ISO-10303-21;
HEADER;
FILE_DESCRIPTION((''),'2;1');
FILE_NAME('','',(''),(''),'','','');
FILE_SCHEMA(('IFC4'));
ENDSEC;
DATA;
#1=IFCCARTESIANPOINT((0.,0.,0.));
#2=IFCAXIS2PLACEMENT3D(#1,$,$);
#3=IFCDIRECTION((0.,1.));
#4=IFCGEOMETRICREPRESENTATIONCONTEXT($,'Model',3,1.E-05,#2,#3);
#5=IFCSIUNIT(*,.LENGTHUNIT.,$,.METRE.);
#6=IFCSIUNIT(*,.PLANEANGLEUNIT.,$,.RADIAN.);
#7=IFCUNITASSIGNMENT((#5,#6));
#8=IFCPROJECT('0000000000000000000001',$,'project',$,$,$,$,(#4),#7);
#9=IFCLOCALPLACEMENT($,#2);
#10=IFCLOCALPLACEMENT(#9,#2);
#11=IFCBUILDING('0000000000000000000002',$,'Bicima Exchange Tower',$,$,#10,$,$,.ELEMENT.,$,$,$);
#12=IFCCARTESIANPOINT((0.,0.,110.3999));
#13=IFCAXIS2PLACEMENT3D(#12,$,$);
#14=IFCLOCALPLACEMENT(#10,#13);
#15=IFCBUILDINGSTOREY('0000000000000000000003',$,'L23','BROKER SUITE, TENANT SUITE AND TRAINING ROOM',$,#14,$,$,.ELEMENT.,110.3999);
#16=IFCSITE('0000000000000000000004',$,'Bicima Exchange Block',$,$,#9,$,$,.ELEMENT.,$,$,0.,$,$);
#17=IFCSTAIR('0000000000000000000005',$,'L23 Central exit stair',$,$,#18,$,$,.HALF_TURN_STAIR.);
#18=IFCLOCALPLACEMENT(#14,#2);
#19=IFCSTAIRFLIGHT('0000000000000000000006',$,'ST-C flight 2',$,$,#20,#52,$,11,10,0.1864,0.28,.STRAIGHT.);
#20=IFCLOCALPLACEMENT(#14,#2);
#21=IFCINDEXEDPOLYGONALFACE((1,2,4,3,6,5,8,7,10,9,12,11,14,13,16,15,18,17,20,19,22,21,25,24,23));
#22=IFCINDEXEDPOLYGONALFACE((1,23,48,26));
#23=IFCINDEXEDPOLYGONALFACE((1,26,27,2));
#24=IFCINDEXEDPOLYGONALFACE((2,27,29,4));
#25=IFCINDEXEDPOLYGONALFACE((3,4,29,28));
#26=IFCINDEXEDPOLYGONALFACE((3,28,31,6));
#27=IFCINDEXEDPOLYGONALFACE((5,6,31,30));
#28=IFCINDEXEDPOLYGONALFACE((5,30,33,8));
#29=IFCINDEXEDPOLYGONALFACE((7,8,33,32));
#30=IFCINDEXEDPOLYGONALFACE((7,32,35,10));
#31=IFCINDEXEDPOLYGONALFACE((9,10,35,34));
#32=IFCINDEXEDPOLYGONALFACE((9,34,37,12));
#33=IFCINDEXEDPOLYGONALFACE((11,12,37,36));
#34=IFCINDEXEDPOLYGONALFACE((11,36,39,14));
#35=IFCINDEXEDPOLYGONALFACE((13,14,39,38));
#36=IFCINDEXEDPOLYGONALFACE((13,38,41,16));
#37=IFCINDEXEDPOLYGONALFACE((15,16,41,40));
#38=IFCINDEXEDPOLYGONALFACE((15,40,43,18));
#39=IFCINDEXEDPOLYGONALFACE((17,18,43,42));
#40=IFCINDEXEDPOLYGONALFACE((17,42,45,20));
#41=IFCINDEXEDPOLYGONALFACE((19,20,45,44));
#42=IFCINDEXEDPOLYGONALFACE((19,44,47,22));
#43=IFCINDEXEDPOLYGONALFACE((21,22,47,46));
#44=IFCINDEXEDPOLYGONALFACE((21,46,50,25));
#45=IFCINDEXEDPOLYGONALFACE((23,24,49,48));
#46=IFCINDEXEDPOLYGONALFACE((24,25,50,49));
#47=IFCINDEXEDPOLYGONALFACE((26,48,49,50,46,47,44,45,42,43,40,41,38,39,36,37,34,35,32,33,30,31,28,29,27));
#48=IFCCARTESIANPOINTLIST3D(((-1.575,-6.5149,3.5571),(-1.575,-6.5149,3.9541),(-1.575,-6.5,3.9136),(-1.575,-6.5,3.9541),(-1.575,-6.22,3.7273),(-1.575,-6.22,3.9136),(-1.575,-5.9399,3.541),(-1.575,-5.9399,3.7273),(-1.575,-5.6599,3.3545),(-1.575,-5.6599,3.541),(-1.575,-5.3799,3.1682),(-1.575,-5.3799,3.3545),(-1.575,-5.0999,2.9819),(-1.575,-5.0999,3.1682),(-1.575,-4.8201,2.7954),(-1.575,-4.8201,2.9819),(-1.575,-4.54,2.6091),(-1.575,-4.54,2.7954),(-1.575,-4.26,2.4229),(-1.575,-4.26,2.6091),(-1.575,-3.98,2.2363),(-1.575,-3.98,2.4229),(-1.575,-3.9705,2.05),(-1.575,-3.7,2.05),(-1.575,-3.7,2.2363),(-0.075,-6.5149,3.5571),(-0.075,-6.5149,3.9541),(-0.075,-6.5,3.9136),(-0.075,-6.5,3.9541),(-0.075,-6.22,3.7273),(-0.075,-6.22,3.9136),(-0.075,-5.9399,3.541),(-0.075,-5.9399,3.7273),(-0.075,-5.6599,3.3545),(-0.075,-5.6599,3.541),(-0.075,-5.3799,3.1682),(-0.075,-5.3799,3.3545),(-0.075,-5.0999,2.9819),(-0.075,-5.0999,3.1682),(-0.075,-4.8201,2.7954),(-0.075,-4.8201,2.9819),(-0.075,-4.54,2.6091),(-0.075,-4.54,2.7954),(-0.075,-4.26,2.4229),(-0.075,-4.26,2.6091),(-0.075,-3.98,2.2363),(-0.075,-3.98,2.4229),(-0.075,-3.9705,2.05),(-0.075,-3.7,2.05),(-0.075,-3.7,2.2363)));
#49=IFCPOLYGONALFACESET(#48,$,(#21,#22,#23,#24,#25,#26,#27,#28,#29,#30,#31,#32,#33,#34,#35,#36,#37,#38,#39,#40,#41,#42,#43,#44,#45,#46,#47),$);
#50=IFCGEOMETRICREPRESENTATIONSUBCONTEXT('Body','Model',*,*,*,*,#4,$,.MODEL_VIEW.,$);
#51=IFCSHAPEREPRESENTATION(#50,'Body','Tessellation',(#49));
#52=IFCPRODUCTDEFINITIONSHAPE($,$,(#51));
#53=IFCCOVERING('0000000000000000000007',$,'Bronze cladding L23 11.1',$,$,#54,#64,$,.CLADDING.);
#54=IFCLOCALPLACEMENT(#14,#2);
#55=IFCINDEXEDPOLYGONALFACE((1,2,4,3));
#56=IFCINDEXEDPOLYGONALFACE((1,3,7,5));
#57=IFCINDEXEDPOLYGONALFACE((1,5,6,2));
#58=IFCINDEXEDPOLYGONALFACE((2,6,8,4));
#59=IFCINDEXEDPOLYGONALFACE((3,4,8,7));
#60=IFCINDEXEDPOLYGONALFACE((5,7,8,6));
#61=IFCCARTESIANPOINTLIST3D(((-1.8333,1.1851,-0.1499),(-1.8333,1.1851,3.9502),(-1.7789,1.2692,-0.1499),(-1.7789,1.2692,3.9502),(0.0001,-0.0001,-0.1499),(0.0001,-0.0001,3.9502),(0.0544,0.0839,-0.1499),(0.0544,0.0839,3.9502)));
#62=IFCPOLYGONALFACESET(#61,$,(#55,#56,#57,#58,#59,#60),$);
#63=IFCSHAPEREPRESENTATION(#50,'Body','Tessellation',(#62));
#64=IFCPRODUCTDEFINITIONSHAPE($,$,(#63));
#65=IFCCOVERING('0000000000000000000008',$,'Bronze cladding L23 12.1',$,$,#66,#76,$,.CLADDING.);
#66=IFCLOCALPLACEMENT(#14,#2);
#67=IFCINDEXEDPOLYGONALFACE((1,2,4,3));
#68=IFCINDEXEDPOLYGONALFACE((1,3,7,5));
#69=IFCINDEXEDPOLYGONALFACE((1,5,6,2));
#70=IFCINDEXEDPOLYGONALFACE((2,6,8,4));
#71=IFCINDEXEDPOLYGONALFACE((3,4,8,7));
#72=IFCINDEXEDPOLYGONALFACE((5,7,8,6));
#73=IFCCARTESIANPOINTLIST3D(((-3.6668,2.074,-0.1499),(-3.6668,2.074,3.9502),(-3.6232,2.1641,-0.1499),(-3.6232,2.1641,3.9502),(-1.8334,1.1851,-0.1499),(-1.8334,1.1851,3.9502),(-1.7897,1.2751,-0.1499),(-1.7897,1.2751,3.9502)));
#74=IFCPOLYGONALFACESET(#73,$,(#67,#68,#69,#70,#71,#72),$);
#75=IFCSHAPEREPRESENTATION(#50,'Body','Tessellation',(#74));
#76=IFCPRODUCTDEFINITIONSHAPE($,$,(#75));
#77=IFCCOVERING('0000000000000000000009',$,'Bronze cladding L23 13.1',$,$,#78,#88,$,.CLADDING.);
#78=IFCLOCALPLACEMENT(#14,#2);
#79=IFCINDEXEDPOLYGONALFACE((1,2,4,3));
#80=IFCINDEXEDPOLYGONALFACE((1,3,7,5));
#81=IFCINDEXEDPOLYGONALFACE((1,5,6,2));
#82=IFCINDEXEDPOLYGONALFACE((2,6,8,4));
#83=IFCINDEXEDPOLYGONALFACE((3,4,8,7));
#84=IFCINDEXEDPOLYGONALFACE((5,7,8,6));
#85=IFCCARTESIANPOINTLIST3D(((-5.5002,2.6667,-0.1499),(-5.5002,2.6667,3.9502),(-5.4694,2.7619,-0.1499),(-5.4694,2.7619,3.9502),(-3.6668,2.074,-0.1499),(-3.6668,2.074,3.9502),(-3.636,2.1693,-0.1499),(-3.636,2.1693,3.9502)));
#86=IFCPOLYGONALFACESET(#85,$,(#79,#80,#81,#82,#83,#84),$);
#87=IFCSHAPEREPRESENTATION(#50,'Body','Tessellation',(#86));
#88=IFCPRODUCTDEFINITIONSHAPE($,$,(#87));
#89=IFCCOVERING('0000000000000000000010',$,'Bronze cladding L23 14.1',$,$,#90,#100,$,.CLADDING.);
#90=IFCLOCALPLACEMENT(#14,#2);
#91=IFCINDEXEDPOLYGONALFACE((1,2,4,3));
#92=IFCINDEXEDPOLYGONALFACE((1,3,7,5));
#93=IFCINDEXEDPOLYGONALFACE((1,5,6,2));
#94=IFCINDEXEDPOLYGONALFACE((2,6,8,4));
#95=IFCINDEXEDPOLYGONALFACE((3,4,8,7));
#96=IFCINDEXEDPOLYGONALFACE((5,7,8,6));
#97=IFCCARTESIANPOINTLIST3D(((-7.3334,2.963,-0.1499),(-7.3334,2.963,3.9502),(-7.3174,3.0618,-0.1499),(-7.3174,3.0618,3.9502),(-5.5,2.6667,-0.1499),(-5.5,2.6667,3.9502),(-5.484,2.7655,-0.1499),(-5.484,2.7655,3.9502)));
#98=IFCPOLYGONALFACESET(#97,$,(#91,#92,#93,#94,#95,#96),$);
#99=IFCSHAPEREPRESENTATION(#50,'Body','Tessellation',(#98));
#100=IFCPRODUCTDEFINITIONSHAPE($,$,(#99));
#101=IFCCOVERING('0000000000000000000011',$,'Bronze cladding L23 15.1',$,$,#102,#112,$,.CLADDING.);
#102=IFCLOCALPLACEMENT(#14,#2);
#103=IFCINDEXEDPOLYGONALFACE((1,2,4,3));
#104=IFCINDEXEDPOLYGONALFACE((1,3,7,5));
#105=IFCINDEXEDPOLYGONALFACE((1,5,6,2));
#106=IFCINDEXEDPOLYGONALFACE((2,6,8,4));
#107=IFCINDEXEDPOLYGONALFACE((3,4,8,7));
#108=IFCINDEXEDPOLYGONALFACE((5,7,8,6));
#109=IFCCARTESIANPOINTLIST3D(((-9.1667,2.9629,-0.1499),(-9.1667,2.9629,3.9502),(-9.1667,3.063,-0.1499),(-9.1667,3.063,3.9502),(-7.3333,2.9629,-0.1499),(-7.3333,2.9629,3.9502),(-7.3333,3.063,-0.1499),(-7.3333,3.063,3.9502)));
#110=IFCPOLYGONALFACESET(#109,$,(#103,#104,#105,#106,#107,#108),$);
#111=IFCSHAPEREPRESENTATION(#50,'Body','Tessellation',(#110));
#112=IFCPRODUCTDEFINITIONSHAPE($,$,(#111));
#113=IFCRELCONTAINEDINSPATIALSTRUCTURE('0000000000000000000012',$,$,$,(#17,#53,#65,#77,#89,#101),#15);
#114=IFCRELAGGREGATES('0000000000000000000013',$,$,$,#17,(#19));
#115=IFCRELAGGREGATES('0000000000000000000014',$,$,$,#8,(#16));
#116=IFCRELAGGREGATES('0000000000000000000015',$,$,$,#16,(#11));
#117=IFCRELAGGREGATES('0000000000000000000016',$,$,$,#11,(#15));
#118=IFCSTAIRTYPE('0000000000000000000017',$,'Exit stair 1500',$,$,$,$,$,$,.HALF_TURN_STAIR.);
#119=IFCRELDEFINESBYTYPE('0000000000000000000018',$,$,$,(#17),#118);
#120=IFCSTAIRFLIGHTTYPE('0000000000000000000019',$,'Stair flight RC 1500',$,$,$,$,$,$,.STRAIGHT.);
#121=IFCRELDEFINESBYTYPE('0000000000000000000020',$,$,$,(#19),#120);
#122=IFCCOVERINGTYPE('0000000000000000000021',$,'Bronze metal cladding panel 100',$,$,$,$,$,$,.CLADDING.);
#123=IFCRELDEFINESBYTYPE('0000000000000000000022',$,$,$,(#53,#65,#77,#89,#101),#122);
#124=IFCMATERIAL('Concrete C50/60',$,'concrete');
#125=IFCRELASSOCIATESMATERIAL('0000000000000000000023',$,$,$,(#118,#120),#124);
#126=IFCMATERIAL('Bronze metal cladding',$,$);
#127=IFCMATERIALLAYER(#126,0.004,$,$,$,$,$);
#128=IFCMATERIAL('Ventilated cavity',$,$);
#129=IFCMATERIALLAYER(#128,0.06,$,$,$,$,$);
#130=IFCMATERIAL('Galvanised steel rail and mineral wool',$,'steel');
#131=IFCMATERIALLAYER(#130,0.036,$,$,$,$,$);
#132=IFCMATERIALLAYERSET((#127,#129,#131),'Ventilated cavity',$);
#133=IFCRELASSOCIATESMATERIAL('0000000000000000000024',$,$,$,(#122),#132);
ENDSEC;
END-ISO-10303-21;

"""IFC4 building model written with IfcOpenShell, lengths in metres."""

from ifc_helpers import new_model, si_unit, direction, frame, origin, origin_2d, place, context, subcontext, project, spatial, polyline, rectangle, outline, extrude, material, layer, layer_set, type_object, element, aggregate, save


model = new_model("IFC4")

# Units and contexts
model_context = context("Model", 3, precision=1e-05, world=origin(), true_north=direction((0.0, 1.0)))
body_context = subcontext(model_context, "Body", "Model", "MODEL_VIEW")
ifc_project = project(units=[si_unit("LENGTHUNIT", "METRE"), si_unit("PLANEANGLEUNIT", "RADIAN")], contexts=[model_context])

# Site, building, storey
site_placement = place(None, origin())
site = spatial("IfcSite", under=ifc_project, at=site_placement, Name="Bicima Exchange Block", CompositionType="ELEMENT", RefElevation=0.0)
building_placement = place(site_placement, origin())
building = spatial("IfcBuilding", under=site, at=building_placement, Name="Bicima Exchange Tower", CompositionType="ELEMENT")
storey_placement = place(building_placement, frame((0.0, 0.0, 110.3999)))
storey = spatial("IfcBuildingStorey", under=building, at=storey_placement, Name="L23", Description="BROKER SUITE, TENANT SUITE AND TRAINING ROOM", CompositionType="ELEMENT", Elevation=110.3999)

# Shared definitions
ifc_material_1 = material(Name="Concrete C50/60", Category="concrete")

# Stair, stair flight
stair_type = type_object("IfcStairType", Name="Exit stair 1500", PredefinedType="HALF_TURN_STAIR", material=ifc_material_1)
stair_placement = place(storey_placement, origin())
stair = element("IfcStair", 1, at=stair_placement, inside=storey, type_object=stair_type, Name="L23 Central exit stair", PredefinedType="HALF_TURN_STAIR")
stair_flight_type = type_object("IfcStairFlightType", Name="Stair flight RC 1500", PredefinedType="STRAIGHT", material=ifc_material_1)
stair_flight_placement = place(storey_placement, frame((-0.825, -3.7, 2.05), z_axis=(0.0, 0.0, 1.0), x_axis=(0.0, -1.0, 0.0)))
stair_flight = element("IfcStairFlight", 2, at=stair_flight_placement, type_object=stair_flight_type, Name="ST-C flight 2", NumberOfRisers=11, NumberOfTreads=10, PredefinedType="STRAIGHT", RiserHeight=0.1864, TreadLength=0.28, context=body_context, shape_type="SweptSolid", body=[
    extrude(outline(polyline([(0.0, 0.0), (0.0, 0.1863), (0.28, 0.1863), (0.28, 0.3728), (0.5601, 0.3728), (0.5601, 0.5591), (0.8401, 0.5591), (0.8401, 0.7454), (1.1201, 0.7454), (1.1201, 0.9319), (1.3999, 0.9319), (1.3999, 1.1182), (1.6799, 1.1182), (1.6799, 1.3044), (1.96, 1.3044), (1.96, 1.491), (2.24, 1.491), (2.24, 1.6772), (2.52, 1.6772), (2.52, 1.8635), (2.8, 1.8635), (2.8, 1.9041), (2.8149, 1.9041), (2.8149, 1.5071), (0.2705, 0.0), (0.0, 0.0)])), frame((0.0, 0.75, 0.0), z_axis=(0.0, -1.0, 0.0), x_axis=(1.0, 0.0, 0.0)), (0.0, 0.0, 1.0), 1.5),
])
aggregate(stair, [stair_flight])

# Coverings
ifc_material_2 = material(Name="Bronze metal cladding")
ifc_layer_1 = layer(ifc_material_2, 0.004)
ifc_material_3 = material(Name="Ventilated cavity")
ifc_layer_2 = layer(ifc_material_3, 0.06)
ifc_material_4 = material(Name="Galvanised steel rail and mineral wool", Category="steel")
ifc_layer_3 = layer(ifc_material_4, 0.036)
ifc_layer_set_1 = layer_set([ifc_layer_1, ifc_layer_2, ifc_layer_3], Name="Ventilated cavity")
covering_type = type_object("IfcCoveringType", Name="Bronze metal cladding panel 100", PredefinedType="CLADDING", material=ifc_layer_set_1)
covering_1_placement = place(storey_placement, frame((-0.8894, 0.6345, -0.1499), z_axis=(0.0, 0.0, 1.0), x_axis=(-0.83979, 0.542911, 0.0)))
element("IfcCovering", 3, at=covering_1_placement, inside=storey, type_object=covering_type, Name="Bronze cladding L23 11.1", PredefinedType="CLADDING", context=body_context, shape_type="SweptSolid", body=[
    extrude(rectangle(XDim=2.1831, YDim=0.1001, at=origin_2d()), origin(), (0.0, 0.0, 1.0), 4.1001),
])
covering_2_placement = place(storey_placement, frame((-2.7283, 1.6746, -0.1499), z_axis=(0.0, 0.0, 1.0), x_axis=(-0.899818, 0.436265, 0.0)))
element("IfcCovering", 4, at=covering_2_placement, inside=storey, type_object=covering_type, Name="Bronze cladding L23 12.1", PredefinedType="CLADDING", context=body_context, shape_type="SweptSolid", body=[
    extrude(rectangle(XDim=2.0376, YDim=0.1001, at=origin_2d()), origin(), (0.0, 0.0, 1.0), 4.1001),
])
covering_3_placement = place(storey_placement, frame((-4.5681, 2.418, -0.1499), z_axis=(0.0, 0.0, 1.0), x_axis=(-0.951525, 0.307573, 0.0)))
element("IfcCovering", 5, at=covering_3_placement, inside=storey, type_object=covering_type, Name="Bronze cladding L23 13.1", PredefinedType="CLADDING", context=body_context, shape_type="SweptSolid", body=[
    extrude(rectangle(XDim=1.9268, YDim=0.1001, at=origin_2d()), origin(), (0.0, 0.0, 1.0), 4.1001),
])
covering_4_placement = place(storey_placement, frame((-6.4087, 2.8643, -0.1499), z_axis=(0.0, 0.0, 1.0), x_axis=(-0.98719, 0.15955, 0.0)))
element("IfcCovering", 6, at=covering_4_placement, inside=storey, type_object=covering_type, Name="Bronze cladding L23 14.1", PredefinedType="CLADDING", context=body_context, shape_type="SweptSolid", body=[
    extrude(rectangle(XDim=1.8572, YDim=0.1001, at=origin_2d()), origin(), (0.0, 0.0, 1.0), 4.1001),
])
covering_5_placement = place(storey_placement, frame((-8.25, 3.0129, -0.1499), z_axis=(0.0, 0.0, 1.0), x_axis=(-1.0, 0.0, 0.0)))
element("IfcCovering", 7, at=covering_5_placement, inside=storey, type_object=covering_type, Name="Bronze cladding L23 15.1", PredefinedType="CLADDING", context=body_context, shape_type="SweptSolid", body=[
    extrude(rectangle(XDim=1.8335, YDim=0.1001, at=origin_2d()), origin(), (0.0, 0.0, 1.0), 4.1001),
])

save(model, "model.ifc")
